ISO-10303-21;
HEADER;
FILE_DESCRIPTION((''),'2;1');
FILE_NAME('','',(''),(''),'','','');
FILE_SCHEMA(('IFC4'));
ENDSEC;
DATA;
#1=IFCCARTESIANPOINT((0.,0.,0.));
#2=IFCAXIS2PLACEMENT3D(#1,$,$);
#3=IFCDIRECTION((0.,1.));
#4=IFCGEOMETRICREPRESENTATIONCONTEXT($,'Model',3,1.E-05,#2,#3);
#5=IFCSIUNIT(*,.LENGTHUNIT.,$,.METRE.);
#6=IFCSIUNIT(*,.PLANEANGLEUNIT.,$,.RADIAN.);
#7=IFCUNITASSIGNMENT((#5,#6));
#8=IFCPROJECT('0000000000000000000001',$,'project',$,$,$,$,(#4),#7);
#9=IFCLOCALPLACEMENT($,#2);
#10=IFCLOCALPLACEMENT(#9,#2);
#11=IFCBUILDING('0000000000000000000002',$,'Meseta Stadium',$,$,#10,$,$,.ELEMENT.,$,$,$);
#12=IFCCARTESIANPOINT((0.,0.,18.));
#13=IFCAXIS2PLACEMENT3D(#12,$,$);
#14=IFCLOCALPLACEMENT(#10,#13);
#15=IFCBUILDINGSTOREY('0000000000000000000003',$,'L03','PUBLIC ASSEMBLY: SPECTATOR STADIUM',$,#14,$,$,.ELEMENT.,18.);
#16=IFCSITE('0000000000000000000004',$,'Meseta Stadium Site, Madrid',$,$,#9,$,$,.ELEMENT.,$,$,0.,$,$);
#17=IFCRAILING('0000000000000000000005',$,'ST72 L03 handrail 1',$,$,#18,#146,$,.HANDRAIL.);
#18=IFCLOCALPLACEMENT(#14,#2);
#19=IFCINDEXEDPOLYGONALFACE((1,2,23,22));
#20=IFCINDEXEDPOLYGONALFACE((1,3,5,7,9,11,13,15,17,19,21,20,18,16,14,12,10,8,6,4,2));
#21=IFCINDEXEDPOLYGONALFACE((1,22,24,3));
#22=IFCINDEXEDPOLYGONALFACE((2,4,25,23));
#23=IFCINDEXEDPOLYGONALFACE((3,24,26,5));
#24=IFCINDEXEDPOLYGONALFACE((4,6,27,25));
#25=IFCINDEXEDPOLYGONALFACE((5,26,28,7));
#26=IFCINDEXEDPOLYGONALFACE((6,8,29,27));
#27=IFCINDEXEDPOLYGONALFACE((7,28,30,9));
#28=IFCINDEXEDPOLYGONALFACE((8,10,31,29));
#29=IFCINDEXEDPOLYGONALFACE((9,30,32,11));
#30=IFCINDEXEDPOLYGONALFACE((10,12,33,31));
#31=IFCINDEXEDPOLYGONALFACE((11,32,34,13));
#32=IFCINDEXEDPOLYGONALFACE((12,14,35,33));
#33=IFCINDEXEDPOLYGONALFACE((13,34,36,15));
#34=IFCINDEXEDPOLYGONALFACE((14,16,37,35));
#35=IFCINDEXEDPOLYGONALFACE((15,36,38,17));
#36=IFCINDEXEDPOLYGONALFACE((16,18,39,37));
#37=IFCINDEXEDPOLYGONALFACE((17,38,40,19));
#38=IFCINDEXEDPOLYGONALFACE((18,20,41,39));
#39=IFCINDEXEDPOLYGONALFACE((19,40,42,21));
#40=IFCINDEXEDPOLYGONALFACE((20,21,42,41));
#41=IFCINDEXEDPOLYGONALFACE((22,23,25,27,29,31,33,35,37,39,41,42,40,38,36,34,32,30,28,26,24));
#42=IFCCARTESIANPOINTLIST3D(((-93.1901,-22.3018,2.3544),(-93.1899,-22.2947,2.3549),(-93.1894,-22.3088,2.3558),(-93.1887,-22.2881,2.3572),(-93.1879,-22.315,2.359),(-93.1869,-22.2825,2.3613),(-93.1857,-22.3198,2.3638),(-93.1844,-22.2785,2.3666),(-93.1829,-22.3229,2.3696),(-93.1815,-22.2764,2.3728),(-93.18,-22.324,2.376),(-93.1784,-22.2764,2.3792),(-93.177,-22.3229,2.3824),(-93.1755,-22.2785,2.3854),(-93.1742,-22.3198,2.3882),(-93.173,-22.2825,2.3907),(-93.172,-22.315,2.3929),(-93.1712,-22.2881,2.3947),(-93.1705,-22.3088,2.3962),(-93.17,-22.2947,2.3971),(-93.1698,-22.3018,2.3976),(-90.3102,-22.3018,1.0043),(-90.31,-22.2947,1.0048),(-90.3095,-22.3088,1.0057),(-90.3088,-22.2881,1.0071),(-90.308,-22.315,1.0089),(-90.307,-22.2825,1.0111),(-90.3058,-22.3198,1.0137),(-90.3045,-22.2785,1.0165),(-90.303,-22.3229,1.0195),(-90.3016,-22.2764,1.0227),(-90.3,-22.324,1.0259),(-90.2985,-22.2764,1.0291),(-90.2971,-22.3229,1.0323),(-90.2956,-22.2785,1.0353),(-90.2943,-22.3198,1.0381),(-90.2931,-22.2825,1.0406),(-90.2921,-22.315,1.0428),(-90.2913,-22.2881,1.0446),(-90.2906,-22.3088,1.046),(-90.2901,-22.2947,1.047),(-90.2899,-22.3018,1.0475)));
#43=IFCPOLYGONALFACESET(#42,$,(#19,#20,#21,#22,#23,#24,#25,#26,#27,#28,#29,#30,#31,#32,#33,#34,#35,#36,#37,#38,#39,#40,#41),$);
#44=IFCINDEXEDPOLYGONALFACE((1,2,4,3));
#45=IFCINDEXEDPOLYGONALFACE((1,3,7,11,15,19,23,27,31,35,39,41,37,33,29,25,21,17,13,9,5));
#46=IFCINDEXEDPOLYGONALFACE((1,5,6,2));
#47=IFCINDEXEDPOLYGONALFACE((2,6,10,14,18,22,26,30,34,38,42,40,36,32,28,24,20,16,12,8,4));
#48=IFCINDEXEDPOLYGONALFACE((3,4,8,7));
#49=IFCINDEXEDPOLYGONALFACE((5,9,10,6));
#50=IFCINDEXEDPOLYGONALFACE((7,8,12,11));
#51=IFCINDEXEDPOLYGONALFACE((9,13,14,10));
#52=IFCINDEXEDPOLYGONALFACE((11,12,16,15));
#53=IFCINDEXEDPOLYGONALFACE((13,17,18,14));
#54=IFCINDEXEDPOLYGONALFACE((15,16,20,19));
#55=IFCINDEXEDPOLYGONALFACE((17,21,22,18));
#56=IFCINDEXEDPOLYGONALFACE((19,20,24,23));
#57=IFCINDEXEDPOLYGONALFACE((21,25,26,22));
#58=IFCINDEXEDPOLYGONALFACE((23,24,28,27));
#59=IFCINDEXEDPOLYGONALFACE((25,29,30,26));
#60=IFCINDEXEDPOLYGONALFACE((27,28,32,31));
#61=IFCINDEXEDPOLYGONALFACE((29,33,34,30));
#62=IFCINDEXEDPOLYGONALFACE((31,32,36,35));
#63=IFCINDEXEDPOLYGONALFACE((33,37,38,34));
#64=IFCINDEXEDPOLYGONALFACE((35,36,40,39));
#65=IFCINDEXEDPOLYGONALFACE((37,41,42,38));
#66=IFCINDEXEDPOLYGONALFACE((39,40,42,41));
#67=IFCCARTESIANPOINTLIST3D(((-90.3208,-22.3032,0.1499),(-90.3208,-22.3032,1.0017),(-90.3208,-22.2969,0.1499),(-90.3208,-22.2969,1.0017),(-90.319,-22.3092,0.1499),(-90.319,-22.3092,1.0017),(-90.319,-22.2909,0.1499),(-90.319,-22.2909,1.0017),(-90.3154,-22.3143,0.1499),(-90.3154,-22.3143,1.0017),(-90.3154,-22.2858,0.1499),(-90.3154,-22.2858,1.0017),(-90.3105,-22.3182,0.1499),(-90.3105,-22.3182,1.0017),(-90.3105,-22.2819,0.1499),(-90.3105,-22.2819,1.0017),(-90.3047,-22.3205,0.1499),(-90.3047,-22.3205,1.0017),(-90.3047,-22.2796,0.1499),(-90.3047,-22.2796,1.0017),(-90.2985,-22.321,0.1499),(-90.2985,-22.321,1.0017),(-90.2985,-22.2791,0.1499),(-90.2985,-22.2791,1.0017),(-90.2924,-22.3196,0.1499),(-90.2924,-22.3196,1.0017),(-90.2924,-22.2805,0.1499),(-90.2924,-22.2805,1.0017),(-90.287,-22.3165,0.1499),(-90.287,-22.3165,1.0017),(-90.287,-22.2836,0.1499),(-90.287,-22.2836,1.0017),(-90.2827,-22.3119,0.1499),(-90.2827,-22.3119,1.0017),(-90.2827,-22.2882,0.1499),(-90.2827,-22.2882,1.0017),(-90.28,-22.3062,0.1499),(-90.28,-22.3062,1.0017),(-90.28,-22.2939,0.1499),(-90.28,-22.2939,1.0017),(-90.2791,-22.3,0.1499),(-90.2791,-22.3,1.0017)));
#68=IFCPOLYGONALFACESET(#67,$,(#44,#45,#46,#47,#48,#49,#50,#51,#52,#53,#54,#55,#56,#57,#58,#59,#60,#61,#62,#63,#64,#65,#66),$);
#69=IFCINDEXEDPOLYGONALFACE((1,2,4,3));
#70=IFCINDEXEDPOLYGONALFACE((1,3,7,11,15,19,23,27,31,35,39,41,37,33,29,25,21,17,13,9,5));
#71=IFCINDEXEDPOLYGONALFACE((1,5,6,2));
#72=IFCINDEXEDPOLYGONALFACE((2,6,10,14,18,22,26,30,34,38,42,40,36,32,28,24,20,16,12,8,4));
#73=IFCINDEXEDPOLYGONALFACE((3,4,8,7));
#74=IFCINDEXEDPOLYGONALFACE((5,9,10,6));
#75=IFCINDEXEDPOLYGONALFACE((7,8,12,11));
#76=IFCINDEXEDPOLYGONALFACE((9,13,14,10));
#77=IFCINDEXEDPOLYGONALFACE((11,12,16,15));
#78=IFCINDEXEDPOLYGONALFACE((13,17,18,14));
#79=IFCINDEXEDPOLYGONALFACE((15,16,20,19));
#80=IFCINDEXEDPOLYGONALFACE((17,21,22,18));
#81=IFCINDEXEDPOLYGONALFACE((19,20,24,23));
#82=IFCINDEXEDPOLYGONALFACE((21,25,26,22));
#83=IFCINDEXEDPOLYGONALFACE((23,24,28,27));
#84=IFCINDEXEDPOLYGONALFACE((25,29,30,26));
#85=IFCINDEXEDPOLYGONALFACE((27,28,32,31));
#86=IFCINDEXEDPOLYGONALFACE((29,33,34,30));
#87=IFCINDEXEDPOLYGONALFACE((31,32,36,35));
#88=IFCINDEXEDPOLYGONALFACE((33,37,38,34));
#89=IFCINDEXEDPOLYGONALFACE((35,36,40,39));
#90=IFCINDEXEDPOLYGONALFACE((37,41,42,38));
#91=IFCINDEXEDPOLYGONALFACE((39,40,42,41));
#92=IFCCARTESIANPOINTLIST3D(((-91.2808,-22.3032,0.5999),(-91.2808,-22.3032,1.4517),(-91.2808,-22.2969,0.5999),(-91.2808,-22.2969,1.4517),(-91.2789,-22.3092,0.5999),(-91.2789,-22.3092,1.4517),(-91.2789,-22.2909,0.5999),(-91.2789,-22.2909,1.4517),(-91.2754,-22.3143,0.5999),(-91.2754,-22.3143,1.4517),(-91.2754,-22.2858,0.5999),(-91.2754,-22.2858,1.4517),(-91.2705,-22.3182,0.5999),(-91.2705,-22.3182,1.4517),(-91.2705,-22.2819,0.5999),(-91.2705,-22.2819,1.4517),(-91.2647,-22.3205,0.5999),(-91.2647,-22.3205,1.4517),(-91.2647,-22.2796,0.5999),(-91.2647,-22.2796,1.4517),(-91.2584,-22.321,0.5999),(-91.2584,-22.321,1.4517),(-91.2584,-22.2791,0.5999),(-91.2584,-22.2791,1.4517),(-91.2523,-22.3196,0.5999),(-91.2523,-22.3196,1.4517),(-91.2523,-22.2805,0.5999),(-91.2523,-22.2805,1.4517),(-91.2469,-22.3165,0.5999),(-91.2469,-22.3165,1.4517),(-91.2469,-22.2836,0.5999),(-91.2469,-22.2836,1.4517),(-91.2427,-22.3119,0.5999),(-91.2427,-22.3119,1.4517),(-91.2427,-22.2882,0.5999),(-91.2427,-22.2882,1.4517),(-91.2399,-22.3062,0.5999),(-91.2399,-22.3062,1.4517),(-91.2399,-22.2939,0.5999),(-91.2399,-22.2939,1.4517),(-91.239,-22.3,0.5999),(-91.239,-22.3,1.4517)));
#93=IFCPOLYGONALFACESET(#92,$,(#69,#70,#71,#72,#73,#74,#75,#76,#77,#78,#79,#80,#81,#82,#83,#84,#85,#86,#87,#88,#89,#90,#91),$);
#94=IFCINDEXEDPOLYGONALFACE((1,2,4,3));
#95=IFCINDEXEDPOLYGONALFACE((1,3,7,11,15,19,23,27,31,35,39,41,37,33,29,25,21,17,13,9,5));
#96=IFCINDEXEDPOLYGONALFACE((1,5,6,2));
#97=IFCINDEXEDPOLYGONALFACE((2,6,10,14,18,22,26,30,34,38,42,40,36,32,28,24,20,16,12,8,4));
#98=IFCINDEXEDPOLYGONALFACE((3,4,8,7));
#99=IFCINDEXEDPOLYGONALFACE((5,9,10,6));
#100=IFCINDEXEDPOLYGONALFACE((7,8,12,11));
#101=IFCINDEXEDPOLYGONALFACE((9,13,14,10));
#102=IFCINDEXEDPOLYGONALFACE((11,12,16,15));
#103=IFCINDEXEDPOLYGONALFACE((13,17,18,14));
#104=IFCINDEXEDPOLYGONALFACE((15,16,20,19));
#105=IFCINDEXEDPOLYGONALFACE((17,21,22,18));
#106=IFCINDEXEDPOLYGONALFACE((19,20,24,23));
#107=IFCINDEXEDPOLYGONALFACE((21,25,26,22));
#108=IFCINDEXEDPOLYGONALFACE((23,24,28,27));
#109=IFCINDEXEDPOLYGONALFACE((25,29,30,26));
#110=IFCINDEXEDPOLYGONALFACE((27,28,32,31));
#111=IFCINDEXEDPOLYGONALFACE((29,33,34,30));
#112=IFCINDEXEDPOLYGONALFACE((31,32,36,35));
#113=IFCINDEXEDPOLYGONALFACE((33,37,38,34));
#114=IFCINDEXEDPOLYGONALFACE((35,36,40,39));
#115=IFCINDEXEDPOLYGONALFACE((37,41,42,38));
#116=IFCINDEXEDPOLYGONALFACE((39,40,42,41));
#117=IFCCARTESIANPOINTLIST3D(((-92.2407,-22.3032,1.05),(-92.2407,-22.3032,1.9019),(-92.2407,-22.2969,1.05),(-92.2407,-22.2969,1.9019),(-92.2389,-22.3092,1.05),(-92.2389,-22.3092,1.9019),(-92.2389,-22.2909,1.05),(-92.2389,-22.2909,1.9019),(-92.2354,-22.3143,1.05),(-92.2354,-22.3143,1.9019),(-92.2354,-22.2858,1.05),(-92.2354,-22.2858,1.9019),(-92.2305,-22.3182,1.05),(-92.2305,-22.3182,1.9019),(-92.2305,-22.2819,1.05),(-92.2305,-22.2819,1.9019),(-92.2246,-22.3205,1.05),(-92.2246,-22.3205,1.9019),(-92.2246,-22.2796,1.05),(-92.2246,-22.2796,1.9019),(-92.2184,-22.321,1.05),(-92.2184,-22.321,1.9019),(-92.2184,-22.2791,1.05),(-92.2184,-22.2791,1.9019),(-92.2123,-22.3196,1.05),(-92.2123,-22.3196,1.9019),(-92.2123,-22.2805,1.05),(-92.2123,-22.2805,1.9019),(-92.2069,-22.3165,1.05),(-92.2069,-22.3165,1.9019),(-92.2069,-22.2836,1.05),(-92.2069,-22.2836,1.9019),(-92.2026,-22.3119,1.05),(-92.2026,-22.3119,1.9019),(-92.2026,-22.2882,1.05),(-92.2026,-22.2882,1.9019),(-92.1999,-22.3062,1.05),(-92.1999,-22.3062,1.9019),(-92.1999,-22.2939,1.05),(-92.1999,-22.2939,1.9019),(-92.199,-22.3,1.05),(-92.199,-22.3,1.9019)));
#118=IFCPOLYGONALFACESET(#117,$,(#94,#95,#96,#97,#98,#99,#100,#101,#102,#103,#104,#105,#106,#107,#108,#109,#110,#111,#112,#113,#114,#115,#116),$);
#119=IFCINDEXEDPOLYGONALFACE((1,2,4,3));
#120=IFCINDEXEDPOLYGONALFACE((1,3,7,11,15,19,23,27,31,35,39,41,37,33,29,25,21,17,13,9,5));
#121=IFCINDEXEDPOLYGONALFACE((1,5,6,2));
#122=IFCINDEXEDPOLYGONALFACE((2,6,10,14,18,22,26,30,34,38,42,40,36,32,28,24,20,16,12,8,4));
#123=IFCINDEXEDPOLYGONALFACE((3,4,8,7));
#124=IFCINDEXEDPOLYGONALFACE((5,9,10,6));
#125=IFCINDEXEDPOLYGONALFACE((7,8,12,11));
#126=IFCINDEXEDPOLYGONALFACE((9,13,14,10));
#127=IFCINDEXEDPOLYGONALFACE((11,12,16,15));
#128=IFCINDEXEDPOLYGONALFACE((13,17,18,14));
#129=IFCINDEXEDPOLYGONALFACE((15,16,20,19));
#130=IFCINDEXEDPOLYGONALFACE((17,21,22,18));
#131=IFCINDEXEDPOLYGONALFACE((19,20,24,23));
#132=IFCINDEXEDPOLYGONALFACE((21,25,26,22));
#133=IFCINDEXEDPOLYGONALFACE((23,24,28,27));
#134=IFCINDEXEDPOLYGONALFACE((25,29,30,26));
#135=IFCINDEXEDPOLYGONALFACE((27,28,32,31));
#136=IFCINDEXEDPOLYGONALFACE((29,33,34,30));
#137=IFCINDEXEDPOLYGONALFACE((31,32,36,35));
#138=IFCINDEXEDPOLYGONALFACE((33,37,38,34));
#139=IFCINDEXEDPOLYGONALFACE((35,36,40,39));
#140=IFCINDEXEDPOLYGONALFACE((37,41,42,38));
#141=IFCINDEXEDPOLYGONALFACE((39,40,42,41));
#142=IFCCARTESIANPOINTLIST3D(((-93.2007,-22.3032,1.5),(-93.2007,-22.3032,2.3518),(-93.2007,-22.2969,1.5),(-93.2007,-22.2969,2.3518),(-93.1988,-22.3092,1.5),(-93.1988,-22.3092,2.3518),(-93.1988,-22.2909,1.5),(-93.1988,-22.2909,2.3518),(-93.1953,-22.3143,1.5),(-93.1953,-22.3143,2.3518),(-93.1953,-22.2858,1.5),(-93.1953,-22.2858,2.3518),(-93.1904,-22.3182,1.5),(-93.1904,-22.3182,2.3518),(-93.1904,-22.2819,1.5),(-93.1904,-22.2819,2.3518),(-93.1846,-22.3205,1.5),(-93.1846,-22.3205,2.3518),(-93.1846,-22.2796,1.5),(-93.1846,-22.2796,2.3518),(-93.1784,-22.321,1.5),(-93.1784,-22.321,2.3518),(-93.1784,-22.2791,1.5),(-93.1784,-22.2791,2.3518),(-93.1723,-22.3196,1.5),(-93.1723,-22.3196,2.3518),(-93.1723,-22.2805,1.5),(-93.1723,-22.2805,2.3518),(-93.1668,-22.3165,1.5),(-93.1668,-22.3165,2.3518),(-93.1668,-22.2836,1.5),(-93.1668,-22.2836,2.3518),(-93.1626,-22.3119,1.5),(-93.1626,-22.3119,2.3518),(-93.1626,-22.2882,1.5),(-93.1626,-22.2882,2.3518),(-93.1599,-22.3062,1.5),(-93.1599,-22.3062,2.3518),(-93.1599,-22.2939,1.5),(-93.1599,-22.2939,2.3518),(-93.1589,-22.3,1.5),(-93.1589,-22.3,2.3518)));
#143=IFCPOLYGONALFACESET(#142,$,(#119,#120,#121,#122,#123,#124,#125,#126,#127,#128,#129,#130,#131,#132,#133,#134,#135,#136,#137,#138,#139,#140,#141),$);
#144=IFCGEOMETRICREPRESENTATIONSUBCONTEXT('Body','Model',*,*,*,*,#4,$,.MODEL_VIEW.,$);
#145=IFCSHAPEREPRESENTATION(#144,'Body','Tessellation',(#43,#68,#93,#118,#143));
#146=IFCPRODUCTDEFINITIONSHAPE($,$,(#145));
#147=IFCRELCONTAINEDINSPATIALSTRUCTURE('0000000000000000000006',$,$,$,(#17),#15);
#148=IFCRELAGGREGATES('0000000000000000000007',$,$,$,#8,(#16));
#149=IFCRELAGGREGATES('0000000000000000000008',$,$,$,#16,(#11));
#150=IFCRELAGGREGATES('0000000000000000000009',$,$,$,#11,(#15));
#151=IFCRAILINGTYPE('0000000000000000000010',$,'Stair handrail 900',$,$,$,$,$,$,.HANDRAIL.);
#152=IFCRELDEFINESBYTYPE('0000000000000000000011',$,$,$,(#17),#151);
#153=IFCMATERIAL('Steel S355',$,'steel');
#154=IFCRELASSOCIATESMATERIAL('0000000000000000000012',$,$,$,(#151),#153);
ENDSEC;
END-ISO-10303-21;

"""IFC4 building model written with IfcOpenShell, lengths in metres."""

from ifc_helpers import new_model, si_unit, direction, frame, origin, origin_2d, place, context, subcontext, project, spatial, circle, extrude, material, type_object, element, save


model = new_model("IFC4")

# Units and contexts
model_context = context("Model", 3, precision=1e-05, world=origin(), true_north=direction((0.0, 1.0)))
body_context = subcontext(model_context, "Body", "Model", "MODEL_VIEW")
ifc_project = project(units=[si_unit("LENGTHUNIT", "METRE"), si_unit("PLANEANGLEUNIT", "RADIAN")], contexts=[model_context])

# Site, building, storey
site_placement = place(None, origin())
site = spatial("IfcSite", under=ifc_project, at=site_placement, Name="Meseta Stadium Site, Madrid", CompositionType="ELEMENT", RefElevation=0.0)
building_placement = place(site_placement, origin())
building = spatial("IfcBuilding", under=site, at=building_placement, Name="Meseta Stadium", CompositionType="ELEMENT")
storey_placement = place(building_placement, frame((0.0, 0.0, 18.0)))
storey = spatial("IfcBuildingStorey", under=building, at=storey_placement, Name="L03", Description="PUBLIC ASSEMBLY: SPECTATOR STADIUM", CompositionType="ELEMENT", Elevation=18.0)

# Railing
ifc_material_1 = material(Name="Steel S355", Category="steel")
railing_type_1 = type_object("IfcRailingType", Name="Stair handrail 900", PredefinedType="HANDRAIL", material=ifc_material_1)
for number, where, name in (
    (1, (-90.3, -22.3, 0.1499), "ST72 L03 handrail 1"),
):
    element("IfcRailing", number, at=place(storey_placement, frame(where)), inside=storey, type_object=railing_type_1, Name=name, PredefinedType="HANDRAIL", context=body_context, shape_type="SweptSolid", body=[
        extrude(circle(Radius=0.0239, at=origin_2d()), frame((0.0, 0.0, 0.876), z_axis=(-0.90544, 0.0, 0.424473), x_axis=(0.0, -1.0, 0.0)), (0.0, 0.0, 1.0), 3.1807),
        extrude(circle(Radius=0.021, at=origin_2d()), origin(), (0.0, 0.0, 1.0), 0.8518),
        extrude(circle(Radius=0.021, at=origin_2d()), frame((-0.96, 0.0, 0.45)), (0.0, 0.0, 1.0), 0.8518),
        extrude(circle(Radius=0.021, at=origin_2d()), frame((-1.9199, 0.0, 0.9001)), (0.0, 0.0, 1.0), 0.8518),
        extrude(circle(Radius=0.021, at=origin_2d()), frame((-2.8799, 0.0, 1.3501)), (0.0, 0.0, 1.0), 0.8518),
    ])

save(model, "model.ifc")
